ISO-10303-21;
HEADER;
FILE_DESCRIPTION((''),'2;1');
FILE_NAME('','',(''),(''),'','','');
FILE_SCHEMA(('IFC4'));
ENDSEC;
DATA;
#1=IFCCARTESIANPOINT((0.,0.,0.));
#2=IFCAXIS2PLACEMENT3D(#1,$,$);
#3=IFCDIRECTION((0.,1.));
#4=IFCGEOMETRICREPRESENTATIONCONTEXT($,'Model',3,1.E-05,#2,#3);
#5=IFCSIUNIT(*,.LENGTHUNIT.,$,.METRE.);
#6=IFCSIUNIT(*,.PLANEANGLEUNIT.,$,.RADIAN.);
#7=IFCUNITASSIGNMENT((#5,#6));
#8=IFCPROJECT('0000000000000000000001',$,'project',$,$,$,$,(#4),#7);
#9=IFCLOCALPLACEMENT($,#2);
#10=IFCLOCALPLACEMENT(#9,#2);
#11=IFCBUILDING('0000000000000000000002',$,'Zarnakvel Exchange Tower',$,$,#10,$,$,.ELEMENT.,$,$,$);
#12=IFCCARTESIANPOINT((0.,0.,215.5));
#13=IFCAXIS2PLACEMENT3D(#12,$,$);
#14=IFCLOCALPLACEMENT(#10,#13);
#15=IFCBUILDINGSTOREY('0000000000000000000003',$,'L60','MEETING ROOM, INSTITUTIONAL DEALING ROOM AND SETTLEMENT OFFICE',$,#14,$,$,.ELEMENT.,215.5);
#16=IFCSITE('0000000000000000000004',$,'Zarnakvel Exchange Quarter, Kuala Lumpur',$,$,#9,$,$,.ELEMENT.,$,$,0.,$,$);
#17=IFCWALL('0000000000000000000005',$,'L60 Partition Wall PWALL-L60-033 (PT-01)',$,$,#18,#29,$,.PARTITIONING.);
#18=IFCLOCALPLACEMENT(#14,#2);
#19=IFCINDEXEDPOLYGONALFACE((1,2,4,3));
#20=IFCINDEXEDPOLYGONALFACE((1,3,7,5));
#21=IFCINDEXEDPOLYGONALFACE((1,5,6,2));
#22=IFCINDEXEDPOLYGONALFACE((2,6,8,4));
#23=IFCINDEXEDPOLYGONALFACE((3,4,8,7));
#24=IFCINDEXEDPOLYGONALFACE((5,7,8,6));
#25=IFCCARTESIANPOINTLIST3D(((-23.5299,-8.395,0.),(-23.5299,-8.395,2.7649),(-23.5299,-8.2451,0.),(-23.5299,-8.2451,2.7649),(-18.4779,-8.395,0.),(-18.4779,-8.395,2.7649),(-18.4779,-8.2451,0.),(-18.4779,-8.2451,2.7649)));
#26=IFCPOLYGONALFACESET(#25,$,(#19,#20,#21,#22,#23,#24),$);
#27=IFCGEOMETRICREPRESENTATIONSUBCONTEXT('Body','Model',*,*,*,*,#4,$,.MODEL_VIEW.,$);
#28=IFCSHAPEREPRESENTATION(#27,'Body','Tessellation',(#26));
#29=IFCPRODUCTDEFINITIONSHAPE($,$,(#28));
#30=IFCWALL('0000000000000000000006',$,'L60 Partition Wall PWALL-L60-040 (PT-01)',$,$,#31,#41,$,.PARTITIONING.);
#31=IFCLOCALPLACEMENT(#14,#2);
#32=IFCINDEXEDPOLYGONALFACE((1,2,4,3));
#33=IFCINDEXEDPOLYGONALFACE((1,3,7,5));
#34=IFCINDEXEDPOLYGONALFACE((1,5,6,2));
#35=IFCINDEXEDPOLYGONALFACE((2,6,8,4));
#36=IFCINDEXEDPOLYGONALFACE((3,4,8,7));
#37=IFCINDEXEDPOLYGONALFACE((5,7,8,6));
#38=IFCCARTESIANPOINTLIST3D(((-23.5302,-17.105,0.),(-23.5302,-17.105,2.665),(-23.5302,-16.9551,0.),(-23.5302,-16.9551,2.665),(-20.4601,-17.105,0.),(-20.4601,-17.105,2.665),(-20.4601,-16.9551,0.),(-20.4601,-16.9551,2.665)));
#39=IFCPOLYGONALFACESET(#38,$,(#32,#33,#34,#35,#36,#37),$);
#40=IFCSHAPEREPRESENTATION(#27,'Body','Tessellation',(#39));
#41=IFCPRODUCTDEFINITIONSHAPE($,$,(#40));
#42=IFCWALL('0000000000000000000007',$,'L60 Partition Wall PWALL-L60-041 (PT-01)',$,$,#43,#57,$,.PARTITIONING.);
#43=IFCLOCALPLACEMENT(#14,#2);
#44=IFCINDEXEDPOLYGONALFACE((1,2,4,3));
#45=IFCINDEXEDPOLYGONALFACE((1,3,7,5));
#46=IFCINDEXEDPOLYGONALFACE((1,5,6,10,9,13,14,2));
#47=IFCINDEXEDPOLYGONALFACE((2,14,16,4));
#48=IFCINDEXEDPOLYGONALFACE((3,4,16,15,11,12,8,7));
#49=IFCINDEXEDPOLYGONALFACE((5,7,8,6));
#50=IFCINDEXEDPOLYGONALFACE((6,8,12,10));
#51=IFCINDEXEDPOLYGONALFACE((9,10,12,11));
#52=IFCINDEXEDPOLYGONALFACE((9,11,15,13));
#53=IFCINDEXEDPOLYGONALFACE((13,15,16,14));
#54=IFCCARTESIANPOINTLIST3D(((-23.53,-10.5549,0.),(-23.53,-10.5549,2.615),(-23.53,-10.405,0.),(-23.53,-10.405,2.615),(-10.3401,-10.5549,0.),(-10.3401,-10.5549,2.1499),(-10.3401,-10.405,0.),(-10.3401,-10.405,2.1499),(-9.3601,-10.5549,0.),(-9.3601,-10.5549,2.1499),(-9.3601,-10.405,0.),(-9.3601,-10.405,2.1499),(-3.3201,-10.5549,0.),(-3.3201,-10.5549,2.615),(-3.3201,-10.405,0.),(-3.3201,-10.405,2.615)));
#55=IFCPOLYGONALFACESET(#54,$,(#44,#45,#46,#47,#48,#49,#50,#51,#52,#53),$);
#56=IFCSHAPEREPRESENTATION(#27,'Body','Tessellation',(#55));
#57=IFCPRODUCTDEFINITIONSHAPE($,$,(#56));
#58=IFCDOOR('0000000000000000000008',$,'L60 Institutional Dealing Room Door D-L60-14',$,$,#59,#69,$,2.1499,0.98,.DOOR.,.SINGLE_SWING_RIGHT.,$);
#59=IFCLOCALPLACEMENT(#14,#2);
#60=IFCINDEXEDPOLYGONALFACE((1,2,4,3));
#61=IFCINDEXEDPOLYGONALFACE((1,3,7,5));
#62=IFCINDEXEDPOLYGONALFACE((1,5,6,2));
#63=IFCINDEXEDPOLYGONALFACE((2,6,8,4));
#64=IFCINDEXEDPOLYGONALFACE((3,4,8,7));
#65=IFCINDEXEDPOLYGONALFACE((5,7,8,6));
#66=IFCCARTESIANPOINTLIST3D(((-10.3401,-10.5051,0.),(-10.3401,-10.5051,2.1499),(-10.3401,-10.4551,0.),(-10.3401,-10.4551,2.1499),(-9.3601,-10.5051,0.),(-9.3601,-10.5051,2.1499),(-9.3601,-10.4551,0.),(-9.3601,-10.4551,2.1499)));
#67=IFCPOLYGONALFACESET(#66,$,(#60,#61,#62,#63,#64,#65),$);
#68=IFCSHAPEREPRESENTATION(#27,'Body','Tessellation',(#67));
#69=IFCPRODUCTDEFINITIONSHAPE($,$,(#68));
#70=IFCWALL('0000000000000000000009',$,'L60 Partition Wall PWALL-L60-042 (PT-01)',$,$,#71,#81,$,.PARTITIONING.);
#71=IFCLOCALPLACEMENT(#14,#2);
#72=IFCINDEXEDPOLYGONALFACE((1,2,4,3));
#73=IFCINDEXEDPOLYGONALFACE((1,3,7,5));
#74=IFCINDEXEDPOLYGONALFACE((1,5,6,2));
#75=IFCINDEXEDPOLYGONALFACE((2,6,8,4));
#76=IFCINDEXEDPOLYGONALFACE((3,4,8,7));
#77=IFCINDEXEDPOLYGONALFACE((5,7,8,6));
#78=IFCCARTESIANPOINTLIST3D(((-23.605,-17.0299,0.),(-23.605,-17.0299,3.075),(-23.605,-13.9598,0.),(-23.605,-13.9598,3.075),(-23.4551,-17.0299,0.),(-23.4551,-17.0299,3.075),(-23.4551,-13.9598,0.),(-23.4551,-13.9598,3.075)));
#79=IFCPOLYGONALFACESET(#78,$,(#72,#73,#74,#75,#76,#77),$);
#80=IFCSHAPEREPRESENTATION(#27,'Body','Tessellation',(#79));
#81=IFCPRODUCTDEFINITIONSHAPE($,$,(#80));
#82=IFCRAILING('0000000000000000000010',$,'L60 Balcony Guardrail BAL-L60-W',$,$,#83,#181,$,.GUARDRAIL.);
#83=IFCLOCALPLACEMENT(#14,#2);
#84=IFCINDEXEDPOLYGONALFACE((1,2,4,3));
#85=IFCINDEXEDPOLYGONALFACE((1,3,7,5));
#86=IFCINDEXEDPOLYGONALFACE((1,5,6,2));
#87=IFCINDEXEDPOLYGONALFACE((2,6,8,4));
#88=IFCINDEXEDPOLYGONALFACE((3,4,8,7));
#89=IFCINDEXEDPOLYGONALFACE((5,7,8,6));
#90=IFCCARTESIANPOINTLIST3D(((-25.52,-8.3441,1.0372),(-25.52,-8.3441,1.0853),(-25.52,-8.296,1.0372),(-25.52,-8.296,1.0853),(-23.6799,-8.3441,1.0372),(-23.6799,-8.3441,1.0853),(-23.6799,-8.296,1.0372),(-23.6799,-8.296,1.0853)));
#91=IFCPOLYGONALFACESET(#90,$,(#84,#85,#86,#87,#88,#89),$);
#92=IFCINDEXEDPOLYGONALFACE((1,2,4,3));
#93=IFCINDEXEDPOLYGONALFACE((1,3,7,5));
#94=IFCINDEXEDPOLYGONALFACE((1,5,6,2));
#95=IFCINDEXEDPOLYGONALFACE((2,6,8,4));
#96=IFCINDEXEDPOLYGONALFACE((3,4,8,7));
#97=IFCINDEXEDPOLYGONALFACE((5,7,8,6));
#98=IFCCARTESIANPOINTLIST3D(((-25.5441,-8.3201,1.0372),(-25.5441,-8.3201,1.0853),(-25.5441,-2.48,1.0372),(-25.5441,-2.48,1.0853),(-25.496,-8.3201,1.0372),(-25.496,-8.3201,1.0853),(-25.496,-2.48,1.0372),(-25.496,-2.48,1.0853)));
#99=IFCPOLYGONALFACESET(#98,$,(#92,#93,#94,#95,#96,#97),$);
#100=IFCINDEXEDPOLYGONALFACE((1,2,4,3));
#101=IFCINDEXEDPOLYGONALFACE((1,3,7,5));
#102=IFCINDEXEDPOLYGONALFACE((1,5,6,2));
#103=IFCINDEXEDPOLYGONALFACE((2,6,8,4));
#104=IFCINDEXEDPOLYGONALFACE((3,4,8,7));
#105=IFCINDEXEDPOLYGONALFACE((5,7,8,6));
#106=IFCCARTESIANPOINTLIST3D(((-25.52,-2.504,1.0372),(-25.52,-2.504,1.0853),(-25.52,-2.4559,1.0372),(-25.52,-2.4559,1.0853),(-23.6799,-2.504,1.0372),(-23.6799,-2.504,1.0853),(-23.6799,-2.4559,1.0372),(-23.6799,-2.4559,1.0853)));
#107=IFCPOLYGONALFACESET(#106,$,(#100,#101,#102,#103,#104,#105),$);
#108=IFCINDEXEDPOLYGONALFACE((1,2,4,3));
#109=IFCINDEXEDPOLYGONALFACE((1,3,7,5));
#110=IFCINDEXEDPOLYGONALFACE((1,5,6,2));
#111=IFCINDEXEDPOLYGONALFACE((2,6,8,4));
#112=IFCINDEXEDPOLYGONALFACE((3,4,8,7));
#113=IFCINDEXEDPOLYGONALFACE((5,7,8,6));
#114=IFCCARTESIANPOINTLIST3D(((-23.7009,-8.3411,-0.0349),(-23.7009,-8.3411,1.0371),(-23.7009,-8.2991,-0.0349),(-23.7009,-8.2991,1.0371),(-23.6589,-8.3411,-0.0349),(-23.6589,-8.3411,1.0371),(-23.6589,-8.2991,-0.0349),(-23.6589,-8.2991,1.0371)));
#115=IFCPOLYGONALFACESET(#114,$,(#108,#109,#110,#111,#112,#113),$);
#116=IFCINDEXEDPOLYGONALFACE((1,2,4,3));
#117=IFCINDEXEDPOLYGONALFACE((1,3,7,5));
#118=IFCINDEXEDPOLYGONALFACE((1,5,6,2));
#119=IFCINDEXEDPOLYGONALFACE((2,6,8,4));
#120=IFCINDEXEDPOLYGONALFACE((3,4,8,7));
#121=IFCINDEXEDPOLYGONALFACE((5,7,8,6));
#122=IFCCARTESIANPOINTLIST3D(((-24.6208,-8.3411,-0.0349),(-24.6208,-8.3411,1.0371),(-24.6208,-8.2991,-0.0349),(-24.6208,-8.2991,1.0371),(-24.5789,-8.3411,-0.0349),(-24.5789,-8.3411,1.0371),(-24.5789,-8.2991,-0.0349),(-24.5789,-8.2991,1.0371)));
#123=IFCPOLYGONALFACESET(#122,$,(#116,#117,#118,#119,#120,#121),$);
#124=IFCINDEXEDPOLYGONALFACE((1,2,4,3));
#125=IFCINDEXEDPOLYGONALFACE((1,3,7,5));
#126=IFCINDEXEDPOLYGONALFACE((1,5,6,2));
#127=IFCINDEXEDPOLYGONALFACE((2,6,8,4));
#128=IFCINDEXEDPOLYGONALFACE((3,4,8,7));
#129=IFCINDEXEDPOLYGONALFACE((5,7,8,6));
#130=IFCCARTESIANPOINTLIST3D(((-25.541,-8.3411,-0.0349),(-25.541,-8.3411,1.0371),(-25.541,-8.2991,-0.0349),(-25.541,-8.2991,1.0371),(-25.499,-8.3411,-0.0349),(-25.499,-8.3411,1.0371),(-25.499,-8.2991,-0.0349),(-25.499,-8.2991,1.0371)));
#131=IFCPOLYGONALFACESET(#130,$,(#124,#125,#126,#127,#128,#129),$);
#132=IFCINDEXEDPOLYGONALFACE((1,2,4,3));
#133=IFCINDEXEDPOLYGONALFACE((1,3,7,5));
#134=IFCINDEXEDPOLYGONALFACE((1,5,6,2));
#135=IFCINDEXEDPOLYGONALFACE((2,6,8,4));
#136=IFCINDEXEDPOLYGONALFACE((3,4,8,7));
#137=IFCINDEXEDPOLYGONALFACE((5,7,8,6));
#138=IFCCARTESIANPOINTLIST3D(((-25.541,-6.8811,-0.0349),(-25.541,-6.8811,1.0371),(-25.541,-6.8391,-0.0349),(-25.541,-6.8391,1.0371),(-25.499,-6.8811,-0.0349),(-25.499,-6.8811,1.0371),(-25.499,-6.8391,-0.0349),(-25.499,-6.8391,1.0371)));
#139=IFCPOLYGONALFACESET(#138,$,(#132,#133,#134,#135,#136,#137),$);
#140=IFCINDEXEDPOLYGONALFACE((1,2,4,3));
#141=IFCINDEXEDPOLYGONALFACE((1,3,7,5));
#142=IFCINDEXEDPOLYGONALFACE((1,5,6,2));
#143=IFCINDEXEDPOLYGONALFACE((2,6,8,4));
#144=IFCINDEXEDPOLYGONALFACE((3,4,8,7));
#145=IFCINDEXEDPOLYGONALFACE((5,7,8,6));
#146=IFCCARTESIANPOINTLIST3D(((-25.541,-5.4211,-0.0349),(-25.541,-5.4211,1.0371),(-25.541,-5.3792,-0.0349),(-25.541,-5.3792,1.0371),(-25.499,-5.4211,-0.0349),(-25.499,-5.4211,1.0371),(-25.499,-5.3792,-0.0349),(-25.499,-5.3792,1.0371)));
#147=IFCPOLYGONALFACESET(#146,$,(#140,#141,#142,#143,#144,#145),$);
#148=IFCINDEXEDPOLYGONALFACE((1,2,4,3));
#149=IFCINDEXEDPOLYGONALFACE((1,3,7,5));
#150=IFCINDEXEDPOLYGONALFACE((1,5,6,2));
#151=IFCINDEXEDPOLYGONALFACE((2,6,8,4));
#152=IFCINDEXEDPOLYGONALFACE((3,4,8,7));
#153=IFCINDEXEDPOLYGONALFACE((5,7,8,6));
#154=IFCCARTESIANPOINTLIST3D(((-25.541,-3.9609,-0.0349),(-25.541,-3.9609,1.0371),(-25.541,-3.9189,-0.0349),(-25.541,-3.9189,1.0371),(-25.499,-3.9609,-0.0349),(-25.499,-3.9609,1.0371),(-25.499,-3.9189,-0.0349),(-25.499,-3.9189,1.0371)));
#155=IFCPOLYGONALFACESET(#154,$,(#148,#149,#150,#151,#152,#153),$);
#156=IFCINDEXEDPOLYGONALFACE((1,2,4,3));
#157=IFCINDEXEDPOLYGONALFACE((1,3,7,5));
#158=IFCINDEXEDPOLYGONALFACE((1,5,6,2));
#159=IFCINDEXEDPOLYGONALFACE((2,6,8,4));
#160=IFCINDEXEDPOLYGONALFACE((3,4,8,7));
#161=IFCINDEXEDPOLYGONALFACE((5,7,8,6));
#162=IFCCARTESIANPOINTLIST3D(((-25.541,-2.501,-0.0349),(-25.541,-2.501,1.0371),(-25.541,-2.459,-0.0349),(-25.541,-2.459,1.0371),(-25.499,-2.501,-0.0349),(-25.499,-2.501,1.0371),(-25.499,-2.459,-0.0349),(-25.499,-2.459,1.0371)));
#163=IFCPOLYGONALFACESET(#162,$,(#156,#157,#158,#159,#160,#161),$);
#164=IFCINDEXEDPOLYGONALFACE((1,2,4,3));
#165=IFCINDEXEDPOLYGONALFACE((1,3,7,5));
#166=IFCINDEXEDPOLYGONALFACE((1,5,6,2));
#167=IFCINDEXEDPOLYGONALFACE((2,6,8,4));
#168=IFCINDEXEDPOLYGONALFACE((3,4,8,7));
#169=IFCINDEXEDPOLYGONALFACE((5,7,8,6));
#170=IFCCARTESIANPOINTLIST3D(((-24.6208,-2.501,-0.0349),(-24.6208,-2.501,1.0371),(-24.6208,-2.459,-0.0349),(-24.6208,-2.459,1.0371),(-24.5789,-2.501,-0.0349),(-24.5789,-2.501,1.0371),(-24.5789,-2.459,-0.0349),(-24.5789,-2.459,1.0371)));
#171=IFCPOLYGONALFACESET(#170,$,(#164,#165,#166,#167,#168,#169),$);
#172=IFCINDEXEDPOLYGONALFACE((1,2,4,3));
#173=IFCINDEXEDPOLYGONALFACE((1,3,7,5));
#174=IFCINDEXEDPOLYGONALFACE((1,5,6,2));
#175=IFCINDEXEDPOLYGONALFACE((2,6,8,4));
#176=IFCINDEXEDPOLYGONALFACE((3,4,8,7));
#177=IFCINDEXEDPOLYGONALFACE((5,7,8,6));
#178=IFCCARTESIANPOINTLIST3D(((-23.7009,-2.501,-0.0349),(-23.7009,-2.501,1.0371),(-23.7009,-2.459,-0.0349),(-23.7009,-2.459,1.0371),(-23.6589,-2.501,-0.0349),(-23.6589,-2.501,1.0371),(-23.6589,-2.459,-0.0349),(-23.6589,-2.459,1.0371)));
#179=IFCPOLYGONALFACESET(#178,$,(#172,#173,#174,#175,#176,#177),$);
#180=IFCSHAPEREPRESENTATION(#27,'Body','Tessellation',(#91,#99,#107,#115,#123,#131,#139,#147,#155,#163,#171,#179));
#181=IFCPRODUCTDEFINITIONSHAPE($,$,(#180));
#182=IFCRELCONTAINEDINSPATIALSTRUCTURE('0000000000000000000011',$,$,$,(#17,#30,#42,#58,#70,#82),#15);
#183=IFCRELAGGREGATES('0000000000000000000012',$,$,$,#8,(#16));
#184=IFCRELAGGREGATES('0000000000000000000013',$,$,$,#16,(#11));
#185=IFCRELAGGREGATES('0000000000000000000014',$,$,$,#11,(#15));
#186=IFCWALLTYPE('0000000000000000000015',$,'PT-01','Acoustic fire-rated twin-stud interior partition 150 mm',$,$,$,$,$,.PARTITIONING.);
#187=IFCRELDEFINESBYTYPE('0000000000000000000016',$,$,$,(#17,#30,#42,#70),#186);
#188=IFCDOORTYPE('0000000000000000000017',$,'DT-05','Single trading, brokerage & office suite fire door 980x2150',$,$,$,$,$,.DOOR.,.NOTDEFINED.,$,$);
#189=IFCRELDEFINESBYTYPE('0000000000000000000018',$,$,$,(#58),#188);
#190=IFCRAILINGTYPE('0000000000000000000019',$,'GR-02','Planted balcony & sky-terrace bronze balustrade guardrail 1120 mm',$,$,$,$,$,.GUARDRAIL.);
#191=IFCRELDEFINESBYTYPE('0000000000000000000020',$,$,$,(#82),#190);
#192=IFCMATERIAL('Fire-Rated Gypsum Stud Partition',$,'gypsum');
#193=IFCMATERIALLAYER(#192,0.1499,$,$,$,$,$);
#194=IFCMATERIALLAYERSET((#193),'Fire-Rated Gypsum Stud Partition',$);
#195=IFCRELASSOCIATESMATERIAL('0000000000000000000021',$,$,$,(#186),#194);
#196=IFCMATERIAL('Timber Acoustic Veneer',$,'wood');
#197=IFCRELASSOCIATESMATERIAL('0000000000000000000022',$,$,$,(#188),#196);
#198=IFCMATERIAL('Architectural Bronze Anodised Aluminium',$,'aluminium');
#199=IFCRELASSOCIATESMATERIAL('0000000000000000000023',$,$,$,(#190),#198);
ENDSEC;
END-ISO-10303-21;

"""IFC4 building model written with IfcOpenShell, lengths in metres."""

from ifc_helpers import new_model, si_unit, direction, frame, frame_2d, origin, origin_2d, place, context, subcontext, project, spatial, rectangle, extrude, source, transform, mapped, material, layer, layer_set, type_object, element, fill, save


model = new_model("IFC4")

# Units and contexts
model_context = context("Model", 3, precision=1e-05, world=origin(), true_north=direction((0.0, 1.0)))
body_context = subcontext(model_context, "Body", "Model", "MODEL_VIEW")
ifc_project = project(units=[si_unit("LENGTHUNIT", "METRE"), si_unit("PLANEANGLEUNIT", "RADIAN")], contexts=[model_context])

# Site, building, storey
site_placement = place(None, origin())
site = spatial("IfcSite", under=ifc_project, at=site_placement, Name="Zarnakvel Exchange Quarter, Kuala Lumpur", CompositionType="ELEMENT", RefElevation=0.0)
building_placement = place(site_placement, origin())
building = spatial("IfcBuilding", under=site, at=building_placement, Name="Zarnakvel Exchange Tower", CompositionType="ELEMENT")
storey_placement = place(building_placement, frame((0.0, 0.0, 215.5)))
storey = spatial("IfcBuildingStorey", under=building, at=storey_placement, Name="L60", Description="MEETING ROOM, INSTITUTIONAL DEALING ROOM AND SETTLEMENT OFFICE", CompositionType="ELEMENT", Elevation=215.5)

# Shared definitions
ifc_material_1 = material(Name="Architectural Bronze Anodised Aluminium", Category="aluminium")

# Walls
ifc_material_2 = material(Name="Fire-Rated Gypsum Stud Partition", Category="gypsum")
ifc_layer_1 = layer(ifc_material_2, 0.1499)
ifc_layer_set_1 = layer_set([ifc_layer_1], Name="Fire-Rated Gypsum Stud Partition")
wall_type_1 = type_object("IfcWallType", Name="PT-01", Description="Acoustic fire-rated twin-stud interior partition 150 mm", PredefinedType="PARTITIONING", material=ifc_layer_set_1)
wall_1_placement = place(storey_placement, frame((-18.478, -8.3201, 0.0), z_axis=(0.0, 0.0, 1.0), x_axis=(-1.0, 0.0, 0.0)))
element("IfcWall", 1, at=wall_1_placement, inside=storey, type_object=wall_type_1, Name="L60 Partition Wall PWALL-L60-033 (PT-01)", PredefinedType="PARTITIONING", context=body_context, shape_type="SweptSolid", body=[
    extrude(rectangle(XDim=5.052, YDim=0.1499, at=frame_2d((2.5259, 0.0))), origin(), (0.0, 0.0, 1.0), 2.7649),
])
wall_2_placement = place(storey_placement, frame((-20.46, -17.03, 0.0), z_axis=(0.0, 0.0, 1.0), x_axis=(-1.0, 0.0, 0.0)))
element("IfcWall", 2, at=wall_2_placement, inside=storey, type_object=wall_type_1, Name="L60 Partition Wall PWALL-L60-040 (PT-01)", PredefinedType="PARTITIONING", context=body_context, shape_type="SweptSolid", body=[
    extrude(rectangle(XDim=3.0701, YDim=0.1499, at=frame_2d((1.5352, 0.0))), origin(), (0.0, 0.0, 1.0), 2.665),
])

# Wall, opening, door
wall_3_placement = place(storey_placement, frame((-23.53, -10.48, 0.0), z_axis=(0.0, 0.0, 1.0), x_axis=(1.0, 0.0, 0.0)))
wall_3 = element("IfcWall", 3, at=wall_3_placement, inside=storey, type_object=wall_type_1, Name="L60 Partition Wall PWALL-L60-041 (PT-01)", PredefinedType="PARTITIONING", context=body_context, shape_type="SweptSolid", body=[
    extrude(rectangle(XDim=20.21, YDim=0.1499, at=frame_2d((10.105, 0.0))), origin(), (0.0, 0.0, 1.0), 2.615),
])
opening_1_placement = place(wall_3_placement, frame((13.1899, 0.0, 0.0)))
opening_1 = element("IfcOpeningElement", 4, at=opening_1_placement, cuts=wall_3, PredefinedType="OPENING", context=body_context, shape_type="SweptSolid", body=[
    extrude(rectangle(XDim=0.98, YDim=2.1499, at=frame_2d((0.49, 1.075))), frame((0.0, 0.085, 0.0), z_axis=(0.0, -1.0, 0.0), x_axis=(1.0, 0.0, 0.0)), (0.0, 0.0, 1.0), 0.1699),
])
ifc_material_3 = material(Name="Timber Acoustic Veneer", Category="wood")
door_type_1 = type_object("IfcDoorType", Name="DT-05", Description="Single trading, brokerage & office suite fire door 980x2150", OperationType="NOTDEFINED", PredefinedType="DOOR", material=ifc_material_3)
shared_shape_1 = source(origin(), body_context, "Body", "SweptSolid", [
    extrude(rectangle(XDim=0.98, YDim=2.1499, at=frame_2d((0.49, 1.075))), frame((0.0, 0.0249, 0.0), z_axis=(0.0, -1.0, 0.0), x_axis=(1.0, 0.0, 0.0)), (0.0, 0.0, 1.0), 0.05),
])
door_1_placement = place(opening_1_placement, origin())
door_1 = element("IfcDoor", 5, at=door_1_placement, inside=storey, type_object=door_type_1, Name="L60 Institutional Dealing Room Door D-L60-14", OperationType="SINGLE_SWING_RIGHT", OverallHeight=2.1499, OverallWidth=0.98, PredefinedType="DOOR", context=body_context, shape_type="MappedRepresentation", body=[
    mapped(shared_shape_1, transform((0.0, 0.0, 0.0), x_axis=(1.0, 0.0, 0.0), y_axis=(0.0, 1.0, 0.0), z_axis=(0.0, 0.0, 1.0), scale=1.0)),
])
fill(opening_1, door_1)

# Wall
wall_4_placement = place(storey_placement, frame((-23.53, -17.03, 0.0), z_axis=(0.0, 0.0, 1.0), x_axis=(0.0, 1.0, 0.0)))
element("IfcWall", 6, at=wall_4_placement, inside=storey, type_object=wall_type_1, Name="L60 Partition Wall PWALL-L60-042 (PT-01)", PredefinedType="PARTITIONING", context=body_context, shape_type="SweptSolid", body=[
    extrude(rectangle(XDim=3.0701, YDim=0.1499, at=frame_2d((1.5352, 0.0))), origin(), (0.0, 0.0, 1.0), 3.075),
])

# Railing
railing_type = type_object("IfcRailingType", Name="GR-02", Description="Planted balcony & sky-terrace bronze balustrade guardrail 1120 mm", PredefinedType="GUARDRAIL", material=ifc_material_1)
railing_placement = place(storey_placement, frame((-23.6799, -8.3201, -0.0349)))
element("IfcRailing", 7, at=railing_placement, inside=storey, type_object=railing_type, Name="L60 Balcony Guardrail BAL-L60-W", PredefinedType="GUARDRAIL", context=body_context, shape_type="SweptSolid", body=[
    extrude(rectangle(XDim=0.0481, YDim=0.0481, at=origin_2d()), frame((0.0, 0.0, 1.0962), z_axis=(-1.0, 0.0, 0.0), x_axis=(0.0, -1.0, 0.0)), (0.0, 0.0, 1.0), 1.8401),
    extrude(rectangle(XDim=0.0481, YDim=0.0481, at=origin_2d()), frame((-1.8401, 0.0, 1.0962), z_axis=(0.0, 1.0, 0.0), x_axis=(-1.0, 0.0, 0.0)), (0.0, 0.0, 1.0), 5.8401),
    extrude(rectangle(XDim=0.0481, YDim=0.0481, at=origin_2d()), frame((-1.8401, 5.8401, 1.0962), z_axis=(1.0, 0.0, 0.0), x_axis=(0.0, 1.0, 0.0)), (0.0, 0.0, 1.0), 1.8401),
    extrude(rectangle(XDim=0.042, YDim=0.042, at=origin_2d()), origin(), (0.0, 0.0, 1.0), 1.072),
    extrude(rectangle(XDim=0.042, YDim=0.042, at=origin_2d()), frame((-0.9199, 0.0, 0.0)), (0.0, 0.0, 1.0), 1.072),
    extrude(rectangle(XDim=0.042, YDim=0.042, at=origin_2d()), frame((-1.8401, 0.0, 0.0)), (0.0, 0.0, 1.0), 1.072),
    extrude(rectangle(XDim=0.042, YDim=0.042, at=origin_2d()), frame((-1.8401, 1.46, 0.0)), (0.0, 0.0, 1.0), 1.072),
    extrude(rectangle(XDim=0.042, YDim=0.042, at=origin_2d()), frame((-1.8401, 2.9199, 0.0)), (0.0, 0.0, 1.0), 1.072),
    extrude(rectangle(XDim=0.042, YDim=0.042, at=origin_2d()), frame((-1.8401, 4.3801, 0.0)), (0.0, 0.0, 1.0), 1.072),
    extrude(rectangle(XDim=0.042, YDim=0.042, at=origin_2d()), frame((-1.8401, 5.8401, 0.0)), (0.0, 0.0, 1.0), 1.072),
    extrude(rectangle(XDim=0.042, YDim=0.042, at=origin_2d()), frame((-0.9199, 5.8401, 0.0)), (0.0, 0.0, 1.0), 1.072),
    extrude(rectangle(XDim=0.042, YDim=0.042, at=origin_2d()), frame((0.0, 5.8401, 0.0)), (0.0, 0.0, 1.0), 1.072),
])

save(model, "model.ifc")
